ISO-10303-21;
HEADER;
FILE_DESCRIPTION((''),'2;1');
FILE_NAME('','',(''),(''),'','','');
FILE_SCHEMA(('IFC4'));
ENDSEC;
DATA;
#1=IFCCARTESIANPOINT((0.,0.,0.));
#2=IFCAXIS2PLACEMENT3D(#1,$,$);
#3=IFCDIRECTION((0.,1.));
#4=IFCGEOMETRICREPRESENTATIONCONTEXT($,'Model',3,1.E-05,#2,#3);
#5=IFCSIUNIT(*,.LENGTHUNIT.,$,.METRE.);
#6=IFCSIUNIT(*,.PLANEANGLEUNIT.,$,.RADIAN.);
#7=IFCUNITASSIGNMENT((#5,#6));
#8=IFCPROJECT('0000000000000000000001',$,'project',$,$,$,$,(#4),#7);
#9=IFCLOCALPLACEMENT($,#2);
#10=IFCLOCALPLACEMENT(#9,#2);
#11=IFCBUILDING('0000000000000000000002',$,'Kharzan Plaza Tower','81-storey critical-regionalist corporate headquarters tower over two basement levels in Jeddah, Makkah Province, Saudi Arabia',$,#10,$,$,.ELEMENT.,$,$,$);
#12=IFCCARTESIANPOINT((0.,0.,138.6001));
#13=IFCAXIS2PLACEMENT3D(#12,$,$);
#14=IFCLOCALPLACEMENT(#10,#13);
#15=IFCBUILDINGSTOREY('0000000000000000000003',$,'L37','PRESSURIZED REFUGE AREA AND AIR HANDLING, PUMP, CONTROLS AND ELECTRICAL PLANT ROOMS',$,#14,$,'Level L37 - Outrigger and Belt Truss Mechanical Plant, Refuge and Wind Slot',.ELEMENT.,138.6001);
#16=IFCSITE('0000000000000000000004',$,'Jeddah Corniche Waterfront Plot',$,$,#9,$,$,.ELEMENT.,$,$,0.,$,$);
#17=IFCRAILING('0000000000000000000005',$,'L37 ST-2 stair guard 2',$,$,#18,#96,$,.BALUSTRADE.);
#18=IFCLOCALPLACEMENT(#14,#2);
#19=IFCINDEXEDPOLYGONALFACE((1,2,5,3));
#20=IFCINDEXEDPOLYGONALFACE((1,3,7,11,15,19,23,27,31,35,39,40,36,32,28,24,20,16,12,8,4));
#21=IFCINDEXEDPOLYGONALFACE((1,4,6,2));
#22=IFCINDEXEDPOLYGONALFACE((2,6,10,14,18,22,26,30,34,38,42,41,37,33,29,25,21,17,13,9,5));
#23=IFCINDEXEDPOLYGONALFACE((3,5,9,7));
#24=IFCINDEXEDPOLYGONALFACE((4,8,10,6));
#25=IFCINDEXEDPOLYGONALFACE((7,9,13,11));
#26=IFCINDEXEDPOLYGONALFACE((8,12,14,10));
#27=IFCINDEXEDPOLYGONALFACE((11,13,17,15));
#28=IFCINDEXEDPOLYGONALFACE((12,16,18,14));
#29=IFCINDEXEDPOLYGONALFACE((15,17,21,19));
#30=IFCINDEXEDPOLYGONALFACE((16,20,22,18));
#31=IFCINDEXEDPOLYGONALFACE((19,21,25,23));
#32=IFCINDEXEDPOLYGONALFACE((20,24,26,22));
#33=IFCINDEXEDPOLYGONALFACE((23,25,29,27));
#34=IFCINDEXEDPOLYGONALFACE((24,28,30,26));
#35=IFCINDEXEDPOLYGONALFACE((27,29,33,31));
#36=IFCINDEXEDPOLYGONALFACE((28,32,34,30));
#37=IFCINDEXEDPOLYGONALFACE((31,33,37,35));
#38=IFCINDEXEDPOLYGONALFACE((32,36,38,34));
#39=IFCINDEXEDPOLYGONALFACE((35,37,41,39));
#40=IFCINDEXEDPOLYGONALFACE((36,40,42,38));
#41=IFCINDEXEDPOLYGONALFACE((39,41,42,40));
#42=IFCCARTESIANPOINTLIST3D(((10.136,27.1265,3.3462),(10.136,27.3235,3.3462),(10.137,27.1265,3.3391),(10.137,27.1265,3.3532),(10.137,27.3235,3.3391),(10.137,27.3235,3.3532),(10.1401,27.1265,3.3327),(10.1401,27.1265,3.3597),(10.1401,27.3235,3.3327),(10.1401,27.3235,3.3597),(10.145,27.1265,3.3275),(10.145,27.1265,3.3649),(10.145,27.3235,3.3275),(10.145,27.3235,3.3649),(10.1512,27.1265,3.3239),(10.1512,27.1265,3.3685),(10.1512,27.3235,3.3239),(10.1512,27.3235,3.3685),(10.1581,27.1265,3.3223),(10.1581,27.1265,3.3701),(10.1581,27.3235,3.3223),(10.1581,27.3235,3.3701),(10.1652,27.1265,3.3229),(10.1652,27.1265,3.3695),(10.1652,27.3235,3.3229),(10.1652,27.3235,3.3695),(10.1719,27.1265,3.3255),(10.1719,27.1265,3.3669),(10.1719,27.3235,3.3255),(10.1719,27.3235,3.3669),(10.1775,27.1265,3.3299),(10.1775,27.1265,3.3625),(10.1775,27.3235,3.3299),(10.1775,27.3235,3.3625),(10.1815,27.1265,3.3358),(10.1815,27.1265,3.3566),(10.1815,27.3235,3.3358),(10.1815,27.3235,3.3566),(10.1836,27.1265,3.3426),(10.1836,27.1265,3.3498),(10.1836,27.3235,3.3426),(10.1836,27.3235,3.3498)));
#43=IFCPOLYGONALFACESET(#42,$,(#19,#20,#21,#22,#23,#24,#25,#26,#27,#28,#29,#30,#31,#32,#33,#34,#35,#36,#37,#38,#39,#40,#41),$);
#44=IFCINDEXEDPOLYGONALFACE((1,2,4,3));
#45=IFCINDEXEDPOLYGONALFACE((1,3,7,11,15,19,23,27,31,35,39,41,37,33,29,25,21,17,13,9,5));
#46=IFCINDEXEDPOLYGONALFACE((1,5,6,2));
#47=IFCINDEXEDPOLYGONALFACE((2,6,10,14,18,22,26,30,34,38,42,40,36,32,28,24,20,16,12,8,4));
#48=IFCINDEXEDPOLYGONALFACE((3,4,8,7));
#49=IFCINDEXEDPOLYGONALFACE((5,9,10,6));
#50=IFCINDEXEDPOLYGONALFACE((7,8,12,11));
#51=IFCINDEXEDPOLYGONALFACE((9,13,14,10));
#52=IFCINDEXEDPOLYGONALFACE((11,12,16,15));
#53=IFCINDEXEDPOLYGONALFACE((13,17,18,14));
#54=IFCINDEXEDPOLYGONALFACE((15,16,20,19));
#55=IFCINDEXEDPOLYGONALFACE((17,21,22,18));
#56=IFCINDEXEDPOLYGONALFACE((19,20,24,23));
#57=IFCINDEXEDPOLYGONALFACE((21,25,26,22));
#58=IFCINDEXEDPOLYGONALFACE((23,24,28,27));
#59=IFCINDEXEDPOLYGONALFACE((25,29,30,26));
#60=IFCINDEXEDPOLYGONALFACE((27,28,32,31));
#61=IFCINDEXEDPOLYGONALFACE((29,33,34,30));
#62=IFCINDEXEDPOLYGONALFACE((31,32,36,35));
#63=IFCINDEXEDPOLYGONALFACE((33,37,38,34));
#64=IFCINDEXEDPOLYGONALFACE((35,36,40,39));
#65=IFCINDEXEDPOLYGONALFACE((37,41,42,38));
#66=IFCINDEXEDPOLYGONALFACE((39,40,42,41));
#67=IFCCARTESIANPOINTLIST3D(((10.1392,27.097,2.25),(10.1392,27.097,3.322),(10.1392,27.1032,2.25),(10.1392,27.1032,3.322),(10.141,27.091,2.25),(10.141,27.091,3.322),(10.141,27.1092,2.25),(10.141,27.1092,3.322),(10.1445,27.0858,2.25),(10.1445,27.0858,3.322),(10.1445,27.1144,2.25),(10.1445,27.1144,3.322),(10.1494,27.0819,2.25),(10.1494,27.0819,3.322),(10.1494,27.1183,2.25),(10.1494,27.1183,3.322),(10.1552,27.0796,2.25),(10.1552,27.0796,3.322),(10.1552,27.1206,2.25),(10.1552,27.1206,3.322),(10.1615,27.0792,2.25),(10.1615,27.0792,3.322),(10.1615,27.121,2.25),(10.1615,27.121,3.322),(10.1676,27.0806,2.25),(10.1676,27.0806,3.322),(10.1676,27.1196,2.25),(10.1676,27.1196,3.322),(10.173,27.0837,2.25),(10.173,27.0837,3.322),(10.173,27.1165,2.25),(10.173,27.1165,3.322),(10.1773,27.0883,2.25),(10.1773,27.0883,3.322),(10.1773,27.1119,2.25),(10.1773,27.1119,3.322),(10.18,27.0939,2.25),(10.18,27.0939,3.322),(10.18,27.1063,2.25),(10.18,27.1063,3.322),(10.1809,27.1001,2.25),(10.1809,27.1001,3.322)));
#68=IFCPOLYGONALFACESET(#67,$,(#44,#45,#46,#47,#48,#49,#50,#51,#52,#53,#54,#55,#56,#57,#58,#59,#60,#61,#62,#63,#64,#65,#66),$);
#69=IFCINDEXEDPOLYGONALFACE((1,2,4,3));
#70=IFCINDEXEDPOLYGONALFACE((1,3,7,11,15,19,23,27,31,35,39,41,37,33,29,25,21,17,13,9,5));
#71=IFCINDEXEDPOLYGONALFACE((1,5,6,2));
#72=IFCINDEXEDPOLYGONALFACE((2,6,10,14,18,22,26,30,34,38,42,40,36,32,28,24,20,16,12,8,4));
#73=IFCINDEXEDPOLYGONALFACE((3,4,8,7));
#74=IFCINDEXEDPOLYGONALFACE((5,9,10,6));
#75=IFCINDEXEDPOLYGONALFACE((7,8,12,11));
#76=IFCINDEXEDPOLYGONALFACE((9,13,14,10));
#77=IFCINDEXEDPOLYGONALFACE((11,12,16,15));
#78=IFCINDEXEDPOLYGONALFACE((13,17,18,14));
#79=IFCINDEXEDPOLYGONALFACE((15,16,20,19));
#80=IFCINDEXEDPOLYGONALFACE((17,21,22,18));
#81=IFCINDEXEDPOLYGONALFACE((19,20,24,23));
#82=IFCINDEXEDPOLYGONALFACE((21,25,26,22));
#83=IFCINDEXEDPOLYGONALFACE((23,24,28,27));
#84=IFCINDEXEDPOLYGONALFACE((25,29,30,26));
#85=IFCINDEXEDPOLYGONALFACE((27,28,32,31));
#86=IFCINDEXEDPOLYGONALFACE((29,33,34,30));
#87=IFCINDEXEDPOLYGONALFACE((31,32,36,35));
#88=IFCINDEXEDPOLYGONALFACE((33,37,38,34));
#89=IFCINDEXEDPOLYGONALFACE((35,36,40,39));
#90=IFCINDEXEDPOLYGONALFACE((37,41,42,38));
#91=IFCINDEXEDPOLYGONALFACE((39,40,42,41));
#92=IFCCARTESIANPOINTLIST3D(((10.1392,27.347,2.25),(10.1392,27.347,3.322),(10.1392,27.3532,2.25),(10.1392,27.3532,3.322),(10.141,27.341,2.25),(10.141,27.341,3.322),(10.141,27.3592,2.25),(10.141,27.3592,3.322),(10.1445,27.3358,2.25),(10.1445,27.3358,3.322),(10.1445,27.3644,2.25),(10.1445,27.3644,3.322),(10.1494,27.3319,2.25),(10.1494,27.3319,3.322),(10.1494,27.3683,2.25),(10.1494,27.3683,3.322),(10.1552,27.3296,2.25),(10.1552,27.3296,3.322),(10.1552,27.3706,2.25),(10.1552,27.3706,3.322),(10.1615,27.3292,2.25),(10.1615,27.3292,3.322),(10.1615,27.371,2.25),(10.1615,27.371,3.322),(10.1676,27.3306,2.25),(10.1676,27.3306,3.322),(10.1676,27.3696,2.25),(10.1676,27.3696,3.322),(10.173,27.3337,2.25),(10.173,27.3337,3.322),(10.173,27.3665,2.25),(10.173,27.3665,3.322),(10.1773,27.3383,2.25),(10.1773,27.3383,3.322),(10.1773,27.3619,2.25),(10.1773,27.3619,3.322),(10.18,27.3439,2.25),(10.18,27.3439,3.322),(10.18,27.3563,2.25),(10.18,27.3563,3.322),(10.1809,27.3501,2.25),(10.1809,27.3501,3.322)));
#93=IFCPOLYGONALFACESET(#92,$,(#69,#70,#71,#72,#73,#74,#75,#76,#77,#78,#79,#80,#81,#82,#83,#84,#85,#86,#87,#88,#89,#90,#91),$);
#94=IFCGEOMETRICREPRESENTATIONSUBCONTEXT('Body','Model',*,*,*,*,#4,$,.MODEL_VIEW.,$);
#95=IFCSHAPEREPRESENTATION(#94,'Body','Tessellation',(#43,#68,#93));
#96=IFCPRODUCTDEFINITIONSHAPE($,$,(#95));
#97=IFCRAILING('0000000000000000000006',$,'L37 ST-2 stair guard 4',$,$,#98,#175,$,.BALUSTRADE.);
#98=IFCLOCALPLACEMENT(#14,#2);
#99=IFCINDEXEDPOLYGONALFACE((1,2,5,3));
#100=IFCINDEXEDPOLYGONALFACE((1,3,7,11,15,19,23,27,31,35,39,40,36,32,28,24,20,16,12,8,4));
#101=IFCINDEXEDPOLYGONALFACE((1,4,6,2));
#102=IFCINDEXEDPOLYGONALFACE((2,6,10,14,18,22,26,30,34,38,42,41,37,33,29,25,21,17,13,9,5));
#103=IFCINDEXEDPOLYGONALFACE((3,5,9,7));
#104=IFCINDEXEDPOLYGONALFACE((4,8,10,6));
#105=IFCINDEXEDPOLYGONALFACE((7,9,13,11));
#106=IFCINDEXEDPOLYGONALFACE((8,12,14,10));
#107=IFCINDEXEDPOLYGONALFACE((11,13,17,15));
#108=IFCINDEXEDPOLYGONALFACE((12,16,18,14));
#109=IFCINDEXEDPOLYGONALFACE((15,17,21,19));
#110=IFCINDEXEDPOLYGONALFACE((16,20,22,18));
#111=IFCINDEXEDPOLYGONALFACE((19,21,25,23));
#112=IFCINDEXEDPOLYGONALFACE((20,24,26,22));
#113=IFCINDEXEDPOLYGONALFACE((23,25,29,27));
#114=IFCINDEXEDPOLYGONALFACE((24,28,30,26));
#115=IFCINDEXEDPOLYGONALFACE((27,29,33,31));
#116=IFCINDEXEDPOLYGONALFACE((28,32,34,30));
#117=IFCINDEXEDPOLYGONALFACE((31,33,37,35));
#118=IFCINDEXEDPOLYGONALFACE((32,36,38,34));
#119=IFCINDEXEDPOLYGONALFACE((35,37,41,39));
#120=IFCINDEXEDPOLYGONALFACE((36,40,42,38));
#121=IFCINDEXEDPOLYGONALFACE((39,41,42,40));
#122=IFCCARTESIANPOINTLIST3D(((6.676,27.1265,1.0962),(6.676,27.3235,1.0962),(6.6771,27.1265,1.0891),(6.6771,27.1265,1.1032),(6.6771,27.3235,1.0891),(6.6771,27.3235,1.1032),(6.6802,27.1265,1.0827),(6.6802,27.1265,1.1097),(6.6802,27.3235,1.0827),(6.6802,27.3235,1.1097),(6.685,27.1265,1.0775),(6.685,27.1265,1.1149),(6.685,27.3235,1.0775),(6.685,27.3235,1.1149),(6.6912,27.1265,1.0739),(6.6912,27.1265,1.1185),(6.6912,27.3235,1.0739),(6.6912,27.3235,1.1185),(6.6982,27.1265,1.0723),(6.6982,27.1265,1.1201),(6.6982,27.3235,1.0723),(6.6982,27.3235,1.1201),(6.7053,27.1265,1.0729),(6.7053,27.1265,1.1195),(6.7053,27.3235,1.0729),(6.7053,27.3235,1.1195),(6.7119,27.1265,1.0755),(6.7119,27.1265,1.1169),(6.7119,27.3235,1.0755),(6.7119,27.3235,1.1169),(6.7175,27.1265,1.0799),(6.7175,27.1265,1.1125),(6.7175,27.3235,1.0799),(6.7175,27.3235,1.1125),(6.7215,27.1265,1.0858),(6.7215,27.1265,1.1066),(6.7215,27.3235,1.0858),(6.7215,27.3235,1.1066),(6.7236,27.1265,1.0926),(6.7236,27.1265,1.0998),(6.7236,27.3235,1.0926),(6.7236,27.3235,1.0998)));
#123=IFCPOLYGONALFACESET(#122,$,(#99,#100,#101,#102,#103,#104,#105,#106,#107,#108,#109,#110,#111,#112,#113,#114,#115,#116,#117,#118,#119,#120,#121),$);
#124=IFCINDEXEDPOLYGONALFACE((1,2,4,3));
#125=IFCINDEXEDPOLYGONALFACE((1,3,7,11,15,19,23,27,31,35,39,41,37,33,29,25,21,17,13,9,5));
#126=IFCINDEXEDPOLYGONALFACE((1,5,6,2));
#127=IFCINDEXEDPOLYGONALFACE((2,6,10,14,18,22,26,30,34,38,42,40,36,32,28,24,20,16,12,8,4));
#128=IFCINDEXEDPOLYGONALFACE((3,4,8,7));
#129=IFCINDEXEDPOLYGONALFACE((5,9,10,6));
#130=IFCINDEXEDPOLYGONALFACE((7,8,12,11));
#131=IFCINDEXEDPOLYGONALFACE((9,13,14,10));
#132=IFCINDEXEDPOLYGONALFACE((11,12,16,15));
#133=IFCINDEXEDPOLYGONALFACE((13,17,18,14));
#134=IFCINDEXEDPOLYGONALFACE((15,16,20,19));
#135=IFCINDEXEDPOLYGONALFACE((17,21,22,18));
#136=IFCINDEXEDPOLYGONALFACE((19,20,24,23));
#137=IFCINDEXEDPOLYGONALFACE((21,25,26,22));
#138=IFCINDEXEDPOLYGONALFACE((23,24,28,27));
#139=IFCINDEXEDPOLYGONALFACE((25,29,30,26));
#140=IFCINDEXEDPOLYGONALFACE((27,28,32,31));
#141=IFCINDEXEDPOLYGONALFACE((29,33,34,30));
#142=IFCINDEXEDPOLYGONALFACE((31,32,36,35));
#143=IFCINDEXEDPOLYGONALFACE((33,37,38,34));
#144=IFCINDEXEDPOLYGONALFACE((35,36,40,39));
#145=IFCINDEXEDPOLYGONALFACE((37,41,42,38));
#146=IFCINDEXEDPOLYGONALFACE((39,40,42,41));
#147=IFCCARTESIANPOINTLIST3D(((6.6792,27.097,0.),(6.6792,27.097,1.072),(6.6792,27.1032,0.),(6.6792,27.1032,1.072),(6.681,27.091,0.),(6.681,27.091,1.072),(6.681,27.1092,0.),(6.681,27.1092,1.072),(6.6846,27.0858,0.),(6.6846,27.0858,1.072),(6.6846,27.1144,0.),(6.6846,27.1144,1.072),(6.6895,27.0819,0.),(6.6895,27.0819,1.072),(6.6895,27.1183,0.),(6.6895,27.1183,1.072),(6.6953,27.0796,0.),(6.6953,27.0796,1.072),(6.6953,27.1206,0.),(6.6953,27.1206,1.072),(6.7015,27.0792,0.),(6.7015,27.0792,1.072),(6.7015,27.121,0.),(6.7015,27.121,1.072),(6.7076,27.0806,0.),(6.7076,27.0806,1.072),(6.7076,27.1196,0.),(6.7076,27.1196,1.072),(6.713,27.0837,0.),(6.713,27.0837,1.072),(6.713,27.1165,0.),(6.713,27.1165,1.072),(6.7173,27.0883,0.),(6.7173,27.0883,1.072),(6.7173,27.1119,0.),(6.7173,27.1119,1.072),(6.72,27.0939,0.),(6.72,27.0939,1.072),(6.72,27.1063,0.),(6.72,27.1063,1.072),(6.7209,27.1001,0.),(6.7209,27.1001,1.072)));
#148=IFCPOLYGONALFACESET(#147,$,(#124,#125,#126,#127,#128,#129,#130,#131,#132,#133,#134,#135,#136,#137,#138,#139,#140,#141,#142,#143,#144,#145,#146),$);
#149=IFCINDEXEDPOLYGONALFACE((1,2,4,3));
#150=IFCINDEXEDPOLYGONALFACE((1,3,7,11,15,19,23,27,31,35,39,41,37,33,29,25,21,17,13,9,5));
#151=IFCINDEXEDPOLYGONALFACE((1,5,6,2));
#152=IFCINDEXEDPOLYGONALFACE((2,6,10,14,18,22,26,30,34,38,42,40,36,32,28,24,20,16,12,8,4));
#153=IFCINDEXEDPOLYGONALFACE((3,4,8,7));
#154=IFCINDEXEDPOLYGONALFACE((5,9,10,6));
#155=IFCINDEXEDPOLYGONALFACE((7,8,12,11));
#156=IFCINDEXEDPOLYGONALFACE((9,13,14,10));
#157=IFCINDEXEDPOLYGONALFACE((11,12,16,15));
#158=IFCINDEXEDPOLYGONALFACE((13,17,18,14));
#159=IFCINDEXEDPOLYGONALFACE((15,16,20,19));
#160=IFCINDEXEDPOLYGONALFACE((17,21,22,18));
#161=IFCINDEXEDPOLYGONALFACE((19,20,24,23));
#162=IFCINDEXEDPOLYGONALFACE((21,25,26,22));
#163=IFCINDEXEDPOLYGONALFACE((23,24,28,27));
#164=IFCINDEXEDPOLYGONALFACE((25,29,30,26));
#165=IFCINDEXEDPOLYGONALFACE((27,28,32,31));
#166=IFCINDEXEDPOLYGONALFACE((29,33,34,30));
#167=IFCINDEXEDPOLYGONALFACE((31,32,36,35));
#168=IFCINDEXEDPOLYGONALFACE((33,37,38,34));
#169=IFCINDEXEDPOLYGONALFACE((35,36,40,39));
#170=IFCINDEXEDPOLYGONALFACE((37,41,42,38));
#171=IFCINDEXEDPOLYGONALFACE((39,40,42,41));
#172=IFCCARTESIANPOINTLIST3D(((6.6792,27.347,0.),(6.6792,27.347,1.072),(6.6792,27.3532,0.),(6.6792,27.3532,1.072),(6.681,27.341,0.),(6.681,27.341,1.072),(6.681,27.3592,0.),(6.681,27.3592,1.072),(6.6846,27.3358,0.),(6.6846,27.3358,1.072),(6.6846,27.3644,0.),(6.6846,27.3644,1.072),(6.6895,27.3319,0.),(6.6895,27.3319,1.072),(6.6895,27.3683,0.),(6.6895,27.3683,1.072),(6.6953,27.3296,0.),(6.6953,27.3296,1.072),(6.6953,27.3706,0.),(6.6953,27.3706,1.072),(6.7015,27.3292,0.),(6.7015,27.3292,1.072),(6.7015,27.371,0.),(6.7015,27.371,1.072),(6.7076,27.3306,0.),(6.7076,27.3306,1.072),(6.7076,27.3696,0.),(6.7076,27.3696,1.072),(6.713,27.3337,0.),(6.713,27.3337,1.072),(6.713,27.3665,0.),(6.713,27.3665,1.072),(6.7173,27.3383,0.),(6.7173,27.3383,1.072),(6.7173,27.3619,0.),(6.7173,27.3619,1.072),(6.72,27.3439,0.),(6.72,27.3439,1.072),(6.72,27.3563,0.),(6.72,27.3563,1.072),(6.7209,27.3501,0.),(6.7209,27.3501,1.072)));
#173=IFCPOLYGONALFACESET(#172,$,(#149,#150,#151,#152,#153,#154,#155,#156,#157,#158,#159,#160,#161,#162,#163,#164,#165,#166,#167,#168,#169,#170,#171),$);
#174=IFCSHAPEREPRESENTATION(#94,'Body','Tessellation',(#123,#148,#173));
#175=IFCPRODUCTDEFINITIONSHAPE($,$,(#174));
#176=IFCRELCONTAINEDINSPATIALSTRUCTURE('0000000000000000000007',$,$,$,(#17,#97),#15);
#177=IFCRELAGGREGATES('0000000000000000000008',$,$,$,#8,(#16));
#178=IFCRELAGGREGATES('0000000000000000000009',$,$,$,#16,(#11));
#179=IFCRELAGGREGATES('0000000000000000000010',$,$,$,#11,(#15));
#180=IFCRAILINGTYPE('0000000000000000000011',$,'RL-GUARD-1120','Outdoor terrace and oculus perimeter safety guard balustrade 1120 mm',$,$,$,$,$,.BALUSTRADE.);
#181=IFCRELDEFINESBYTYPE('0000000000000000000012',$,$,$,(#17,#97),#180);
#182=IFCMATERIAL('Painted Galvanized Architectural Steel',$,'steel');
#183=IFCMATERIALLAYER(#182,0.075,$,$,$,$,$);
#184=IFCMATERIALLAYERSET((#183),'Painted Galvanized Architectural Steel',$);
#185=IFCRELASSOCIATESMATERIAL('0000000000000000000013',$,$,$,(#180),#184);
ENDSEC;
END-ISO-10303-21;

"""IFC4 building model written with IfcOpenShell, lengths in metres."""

from ifc_helpers import new_model, si_unit, direction, frame, origin, origin_2d, place, context, subcontext, project, spatial, circle, extrude, source, transform, mapped, material, layer, layer_set, type_object, element, save


model = new_model("IFC4")

# Units and contexts
model_context = context("Model", 3, precision=1e-05, world=origin(), true_north=direction((0.0, 1.0)))
body_context = subcontext(model_context, "Body", "Model", "MODEL_VIEW")
ifc_project = project(units=[si_unit("LENGTHUNIT", "METRE"), si_unit("PLANEANGLEUNIT", "RADIAN")], contexts=[model_context])

# Site, building, storey
site_placement = place(None, origin())
site = spatial("IfcSite", under=ifc_project, at=site_placement, Name="Jeddah Corniche Waterfront Plot", CompositionType="ELEMENT", RefElevation=0.0)
building_placement = place(site_placement, origin())
building = spatial("IfcBuilding", under=site, at=building_placement, Name="Kharzan Plaza Tower", Description="81-storey critical-regionalist corporate headquarters tower over two basement levels in Jeddah, Makkah Province, Saudi Arabia", CompositionType="ELEMENT")
storey_placement = place(building_placement, frame((0.0, 0.0, 138.6001)))
storey = spatial("IfcBuildingStorey", under=building, at=storey_placement, Name="L37", Description="PRESSURIZED REFUGE AREA AND AIR HANDLING, PUMP, CONTROLS AND ELECTRICAL PLANT ROOMS", LongName="Level L37 - Outrigger and Belt Truss Mechanical Plant, Refuge and Wind Slot", CompositionType="ELEMENT", Elevation=138.6001)

# Railings
ifc_material_1 = material(Name="Painted Galvanized Architectural Steel", Category="steel")
ifc_layer_1 = layer(ifc_material_1, 0.075)
ifc_layer_set_1 = layer_set([ifc_layer_1], Name="Painted Galvanized Architectural Steel")
railing_type_1 = type_object("IfcRailingType", Name="RL-GUARD-1120", Description="Outdoor terrace and oculus perimeter safety guard balustrade 1120 mm", PredefinedType="BALUSTRADE", material=ifc_layer_set_1)
shared_shape_1 = source(origin(), body_context, "Body", "SweptSolid", [
    extrude(circle(Radius=0.0239, at=origin_2d()), frame((0.0, 0.0264, 1.0962), z_axis=(0.0, 1.0, 0.0), x_axis=(-1.0, 0.0, 0.0)), (0.0, 0.0, 1.0), 0.197),
    extrude(circle(Radius=0.021, at=origin_2d()), origin(), (0.0, 0.0, 1.0), 1.072),
    extrude(circle(Radius=0.021, at=origin_2d()), frame((0.0, 0.25, 0.0)), (0.0, 0.0, 1.0), 1.072),
])
for number, where, name in (
    (1, (10.1599, 27.1001, 2.25), "L37 ST-2 stair guard 2"),
    (2, (6.7, 27.1001, 0.0), "L37 ST-2 stair guard 4"),
):
    element("IfcRailing", number, at=place(storey_placement, frame(where)), inside=storey, type_object=railing_type_1, Name=name, PredefinedType="BALUSTRADE", context=body_context, shape_type="MappedRepresentation", body=[
        mapped(shared_shape_1, transform((0.0, 0.0, 0.0), x_axis=(1.0, 0.0, 0.0), y_axis=(0.0, 1.0, 0.0), z_axis=(0.0, 0.0, 1.0))),
    ])

save(model, "model.ifc")
